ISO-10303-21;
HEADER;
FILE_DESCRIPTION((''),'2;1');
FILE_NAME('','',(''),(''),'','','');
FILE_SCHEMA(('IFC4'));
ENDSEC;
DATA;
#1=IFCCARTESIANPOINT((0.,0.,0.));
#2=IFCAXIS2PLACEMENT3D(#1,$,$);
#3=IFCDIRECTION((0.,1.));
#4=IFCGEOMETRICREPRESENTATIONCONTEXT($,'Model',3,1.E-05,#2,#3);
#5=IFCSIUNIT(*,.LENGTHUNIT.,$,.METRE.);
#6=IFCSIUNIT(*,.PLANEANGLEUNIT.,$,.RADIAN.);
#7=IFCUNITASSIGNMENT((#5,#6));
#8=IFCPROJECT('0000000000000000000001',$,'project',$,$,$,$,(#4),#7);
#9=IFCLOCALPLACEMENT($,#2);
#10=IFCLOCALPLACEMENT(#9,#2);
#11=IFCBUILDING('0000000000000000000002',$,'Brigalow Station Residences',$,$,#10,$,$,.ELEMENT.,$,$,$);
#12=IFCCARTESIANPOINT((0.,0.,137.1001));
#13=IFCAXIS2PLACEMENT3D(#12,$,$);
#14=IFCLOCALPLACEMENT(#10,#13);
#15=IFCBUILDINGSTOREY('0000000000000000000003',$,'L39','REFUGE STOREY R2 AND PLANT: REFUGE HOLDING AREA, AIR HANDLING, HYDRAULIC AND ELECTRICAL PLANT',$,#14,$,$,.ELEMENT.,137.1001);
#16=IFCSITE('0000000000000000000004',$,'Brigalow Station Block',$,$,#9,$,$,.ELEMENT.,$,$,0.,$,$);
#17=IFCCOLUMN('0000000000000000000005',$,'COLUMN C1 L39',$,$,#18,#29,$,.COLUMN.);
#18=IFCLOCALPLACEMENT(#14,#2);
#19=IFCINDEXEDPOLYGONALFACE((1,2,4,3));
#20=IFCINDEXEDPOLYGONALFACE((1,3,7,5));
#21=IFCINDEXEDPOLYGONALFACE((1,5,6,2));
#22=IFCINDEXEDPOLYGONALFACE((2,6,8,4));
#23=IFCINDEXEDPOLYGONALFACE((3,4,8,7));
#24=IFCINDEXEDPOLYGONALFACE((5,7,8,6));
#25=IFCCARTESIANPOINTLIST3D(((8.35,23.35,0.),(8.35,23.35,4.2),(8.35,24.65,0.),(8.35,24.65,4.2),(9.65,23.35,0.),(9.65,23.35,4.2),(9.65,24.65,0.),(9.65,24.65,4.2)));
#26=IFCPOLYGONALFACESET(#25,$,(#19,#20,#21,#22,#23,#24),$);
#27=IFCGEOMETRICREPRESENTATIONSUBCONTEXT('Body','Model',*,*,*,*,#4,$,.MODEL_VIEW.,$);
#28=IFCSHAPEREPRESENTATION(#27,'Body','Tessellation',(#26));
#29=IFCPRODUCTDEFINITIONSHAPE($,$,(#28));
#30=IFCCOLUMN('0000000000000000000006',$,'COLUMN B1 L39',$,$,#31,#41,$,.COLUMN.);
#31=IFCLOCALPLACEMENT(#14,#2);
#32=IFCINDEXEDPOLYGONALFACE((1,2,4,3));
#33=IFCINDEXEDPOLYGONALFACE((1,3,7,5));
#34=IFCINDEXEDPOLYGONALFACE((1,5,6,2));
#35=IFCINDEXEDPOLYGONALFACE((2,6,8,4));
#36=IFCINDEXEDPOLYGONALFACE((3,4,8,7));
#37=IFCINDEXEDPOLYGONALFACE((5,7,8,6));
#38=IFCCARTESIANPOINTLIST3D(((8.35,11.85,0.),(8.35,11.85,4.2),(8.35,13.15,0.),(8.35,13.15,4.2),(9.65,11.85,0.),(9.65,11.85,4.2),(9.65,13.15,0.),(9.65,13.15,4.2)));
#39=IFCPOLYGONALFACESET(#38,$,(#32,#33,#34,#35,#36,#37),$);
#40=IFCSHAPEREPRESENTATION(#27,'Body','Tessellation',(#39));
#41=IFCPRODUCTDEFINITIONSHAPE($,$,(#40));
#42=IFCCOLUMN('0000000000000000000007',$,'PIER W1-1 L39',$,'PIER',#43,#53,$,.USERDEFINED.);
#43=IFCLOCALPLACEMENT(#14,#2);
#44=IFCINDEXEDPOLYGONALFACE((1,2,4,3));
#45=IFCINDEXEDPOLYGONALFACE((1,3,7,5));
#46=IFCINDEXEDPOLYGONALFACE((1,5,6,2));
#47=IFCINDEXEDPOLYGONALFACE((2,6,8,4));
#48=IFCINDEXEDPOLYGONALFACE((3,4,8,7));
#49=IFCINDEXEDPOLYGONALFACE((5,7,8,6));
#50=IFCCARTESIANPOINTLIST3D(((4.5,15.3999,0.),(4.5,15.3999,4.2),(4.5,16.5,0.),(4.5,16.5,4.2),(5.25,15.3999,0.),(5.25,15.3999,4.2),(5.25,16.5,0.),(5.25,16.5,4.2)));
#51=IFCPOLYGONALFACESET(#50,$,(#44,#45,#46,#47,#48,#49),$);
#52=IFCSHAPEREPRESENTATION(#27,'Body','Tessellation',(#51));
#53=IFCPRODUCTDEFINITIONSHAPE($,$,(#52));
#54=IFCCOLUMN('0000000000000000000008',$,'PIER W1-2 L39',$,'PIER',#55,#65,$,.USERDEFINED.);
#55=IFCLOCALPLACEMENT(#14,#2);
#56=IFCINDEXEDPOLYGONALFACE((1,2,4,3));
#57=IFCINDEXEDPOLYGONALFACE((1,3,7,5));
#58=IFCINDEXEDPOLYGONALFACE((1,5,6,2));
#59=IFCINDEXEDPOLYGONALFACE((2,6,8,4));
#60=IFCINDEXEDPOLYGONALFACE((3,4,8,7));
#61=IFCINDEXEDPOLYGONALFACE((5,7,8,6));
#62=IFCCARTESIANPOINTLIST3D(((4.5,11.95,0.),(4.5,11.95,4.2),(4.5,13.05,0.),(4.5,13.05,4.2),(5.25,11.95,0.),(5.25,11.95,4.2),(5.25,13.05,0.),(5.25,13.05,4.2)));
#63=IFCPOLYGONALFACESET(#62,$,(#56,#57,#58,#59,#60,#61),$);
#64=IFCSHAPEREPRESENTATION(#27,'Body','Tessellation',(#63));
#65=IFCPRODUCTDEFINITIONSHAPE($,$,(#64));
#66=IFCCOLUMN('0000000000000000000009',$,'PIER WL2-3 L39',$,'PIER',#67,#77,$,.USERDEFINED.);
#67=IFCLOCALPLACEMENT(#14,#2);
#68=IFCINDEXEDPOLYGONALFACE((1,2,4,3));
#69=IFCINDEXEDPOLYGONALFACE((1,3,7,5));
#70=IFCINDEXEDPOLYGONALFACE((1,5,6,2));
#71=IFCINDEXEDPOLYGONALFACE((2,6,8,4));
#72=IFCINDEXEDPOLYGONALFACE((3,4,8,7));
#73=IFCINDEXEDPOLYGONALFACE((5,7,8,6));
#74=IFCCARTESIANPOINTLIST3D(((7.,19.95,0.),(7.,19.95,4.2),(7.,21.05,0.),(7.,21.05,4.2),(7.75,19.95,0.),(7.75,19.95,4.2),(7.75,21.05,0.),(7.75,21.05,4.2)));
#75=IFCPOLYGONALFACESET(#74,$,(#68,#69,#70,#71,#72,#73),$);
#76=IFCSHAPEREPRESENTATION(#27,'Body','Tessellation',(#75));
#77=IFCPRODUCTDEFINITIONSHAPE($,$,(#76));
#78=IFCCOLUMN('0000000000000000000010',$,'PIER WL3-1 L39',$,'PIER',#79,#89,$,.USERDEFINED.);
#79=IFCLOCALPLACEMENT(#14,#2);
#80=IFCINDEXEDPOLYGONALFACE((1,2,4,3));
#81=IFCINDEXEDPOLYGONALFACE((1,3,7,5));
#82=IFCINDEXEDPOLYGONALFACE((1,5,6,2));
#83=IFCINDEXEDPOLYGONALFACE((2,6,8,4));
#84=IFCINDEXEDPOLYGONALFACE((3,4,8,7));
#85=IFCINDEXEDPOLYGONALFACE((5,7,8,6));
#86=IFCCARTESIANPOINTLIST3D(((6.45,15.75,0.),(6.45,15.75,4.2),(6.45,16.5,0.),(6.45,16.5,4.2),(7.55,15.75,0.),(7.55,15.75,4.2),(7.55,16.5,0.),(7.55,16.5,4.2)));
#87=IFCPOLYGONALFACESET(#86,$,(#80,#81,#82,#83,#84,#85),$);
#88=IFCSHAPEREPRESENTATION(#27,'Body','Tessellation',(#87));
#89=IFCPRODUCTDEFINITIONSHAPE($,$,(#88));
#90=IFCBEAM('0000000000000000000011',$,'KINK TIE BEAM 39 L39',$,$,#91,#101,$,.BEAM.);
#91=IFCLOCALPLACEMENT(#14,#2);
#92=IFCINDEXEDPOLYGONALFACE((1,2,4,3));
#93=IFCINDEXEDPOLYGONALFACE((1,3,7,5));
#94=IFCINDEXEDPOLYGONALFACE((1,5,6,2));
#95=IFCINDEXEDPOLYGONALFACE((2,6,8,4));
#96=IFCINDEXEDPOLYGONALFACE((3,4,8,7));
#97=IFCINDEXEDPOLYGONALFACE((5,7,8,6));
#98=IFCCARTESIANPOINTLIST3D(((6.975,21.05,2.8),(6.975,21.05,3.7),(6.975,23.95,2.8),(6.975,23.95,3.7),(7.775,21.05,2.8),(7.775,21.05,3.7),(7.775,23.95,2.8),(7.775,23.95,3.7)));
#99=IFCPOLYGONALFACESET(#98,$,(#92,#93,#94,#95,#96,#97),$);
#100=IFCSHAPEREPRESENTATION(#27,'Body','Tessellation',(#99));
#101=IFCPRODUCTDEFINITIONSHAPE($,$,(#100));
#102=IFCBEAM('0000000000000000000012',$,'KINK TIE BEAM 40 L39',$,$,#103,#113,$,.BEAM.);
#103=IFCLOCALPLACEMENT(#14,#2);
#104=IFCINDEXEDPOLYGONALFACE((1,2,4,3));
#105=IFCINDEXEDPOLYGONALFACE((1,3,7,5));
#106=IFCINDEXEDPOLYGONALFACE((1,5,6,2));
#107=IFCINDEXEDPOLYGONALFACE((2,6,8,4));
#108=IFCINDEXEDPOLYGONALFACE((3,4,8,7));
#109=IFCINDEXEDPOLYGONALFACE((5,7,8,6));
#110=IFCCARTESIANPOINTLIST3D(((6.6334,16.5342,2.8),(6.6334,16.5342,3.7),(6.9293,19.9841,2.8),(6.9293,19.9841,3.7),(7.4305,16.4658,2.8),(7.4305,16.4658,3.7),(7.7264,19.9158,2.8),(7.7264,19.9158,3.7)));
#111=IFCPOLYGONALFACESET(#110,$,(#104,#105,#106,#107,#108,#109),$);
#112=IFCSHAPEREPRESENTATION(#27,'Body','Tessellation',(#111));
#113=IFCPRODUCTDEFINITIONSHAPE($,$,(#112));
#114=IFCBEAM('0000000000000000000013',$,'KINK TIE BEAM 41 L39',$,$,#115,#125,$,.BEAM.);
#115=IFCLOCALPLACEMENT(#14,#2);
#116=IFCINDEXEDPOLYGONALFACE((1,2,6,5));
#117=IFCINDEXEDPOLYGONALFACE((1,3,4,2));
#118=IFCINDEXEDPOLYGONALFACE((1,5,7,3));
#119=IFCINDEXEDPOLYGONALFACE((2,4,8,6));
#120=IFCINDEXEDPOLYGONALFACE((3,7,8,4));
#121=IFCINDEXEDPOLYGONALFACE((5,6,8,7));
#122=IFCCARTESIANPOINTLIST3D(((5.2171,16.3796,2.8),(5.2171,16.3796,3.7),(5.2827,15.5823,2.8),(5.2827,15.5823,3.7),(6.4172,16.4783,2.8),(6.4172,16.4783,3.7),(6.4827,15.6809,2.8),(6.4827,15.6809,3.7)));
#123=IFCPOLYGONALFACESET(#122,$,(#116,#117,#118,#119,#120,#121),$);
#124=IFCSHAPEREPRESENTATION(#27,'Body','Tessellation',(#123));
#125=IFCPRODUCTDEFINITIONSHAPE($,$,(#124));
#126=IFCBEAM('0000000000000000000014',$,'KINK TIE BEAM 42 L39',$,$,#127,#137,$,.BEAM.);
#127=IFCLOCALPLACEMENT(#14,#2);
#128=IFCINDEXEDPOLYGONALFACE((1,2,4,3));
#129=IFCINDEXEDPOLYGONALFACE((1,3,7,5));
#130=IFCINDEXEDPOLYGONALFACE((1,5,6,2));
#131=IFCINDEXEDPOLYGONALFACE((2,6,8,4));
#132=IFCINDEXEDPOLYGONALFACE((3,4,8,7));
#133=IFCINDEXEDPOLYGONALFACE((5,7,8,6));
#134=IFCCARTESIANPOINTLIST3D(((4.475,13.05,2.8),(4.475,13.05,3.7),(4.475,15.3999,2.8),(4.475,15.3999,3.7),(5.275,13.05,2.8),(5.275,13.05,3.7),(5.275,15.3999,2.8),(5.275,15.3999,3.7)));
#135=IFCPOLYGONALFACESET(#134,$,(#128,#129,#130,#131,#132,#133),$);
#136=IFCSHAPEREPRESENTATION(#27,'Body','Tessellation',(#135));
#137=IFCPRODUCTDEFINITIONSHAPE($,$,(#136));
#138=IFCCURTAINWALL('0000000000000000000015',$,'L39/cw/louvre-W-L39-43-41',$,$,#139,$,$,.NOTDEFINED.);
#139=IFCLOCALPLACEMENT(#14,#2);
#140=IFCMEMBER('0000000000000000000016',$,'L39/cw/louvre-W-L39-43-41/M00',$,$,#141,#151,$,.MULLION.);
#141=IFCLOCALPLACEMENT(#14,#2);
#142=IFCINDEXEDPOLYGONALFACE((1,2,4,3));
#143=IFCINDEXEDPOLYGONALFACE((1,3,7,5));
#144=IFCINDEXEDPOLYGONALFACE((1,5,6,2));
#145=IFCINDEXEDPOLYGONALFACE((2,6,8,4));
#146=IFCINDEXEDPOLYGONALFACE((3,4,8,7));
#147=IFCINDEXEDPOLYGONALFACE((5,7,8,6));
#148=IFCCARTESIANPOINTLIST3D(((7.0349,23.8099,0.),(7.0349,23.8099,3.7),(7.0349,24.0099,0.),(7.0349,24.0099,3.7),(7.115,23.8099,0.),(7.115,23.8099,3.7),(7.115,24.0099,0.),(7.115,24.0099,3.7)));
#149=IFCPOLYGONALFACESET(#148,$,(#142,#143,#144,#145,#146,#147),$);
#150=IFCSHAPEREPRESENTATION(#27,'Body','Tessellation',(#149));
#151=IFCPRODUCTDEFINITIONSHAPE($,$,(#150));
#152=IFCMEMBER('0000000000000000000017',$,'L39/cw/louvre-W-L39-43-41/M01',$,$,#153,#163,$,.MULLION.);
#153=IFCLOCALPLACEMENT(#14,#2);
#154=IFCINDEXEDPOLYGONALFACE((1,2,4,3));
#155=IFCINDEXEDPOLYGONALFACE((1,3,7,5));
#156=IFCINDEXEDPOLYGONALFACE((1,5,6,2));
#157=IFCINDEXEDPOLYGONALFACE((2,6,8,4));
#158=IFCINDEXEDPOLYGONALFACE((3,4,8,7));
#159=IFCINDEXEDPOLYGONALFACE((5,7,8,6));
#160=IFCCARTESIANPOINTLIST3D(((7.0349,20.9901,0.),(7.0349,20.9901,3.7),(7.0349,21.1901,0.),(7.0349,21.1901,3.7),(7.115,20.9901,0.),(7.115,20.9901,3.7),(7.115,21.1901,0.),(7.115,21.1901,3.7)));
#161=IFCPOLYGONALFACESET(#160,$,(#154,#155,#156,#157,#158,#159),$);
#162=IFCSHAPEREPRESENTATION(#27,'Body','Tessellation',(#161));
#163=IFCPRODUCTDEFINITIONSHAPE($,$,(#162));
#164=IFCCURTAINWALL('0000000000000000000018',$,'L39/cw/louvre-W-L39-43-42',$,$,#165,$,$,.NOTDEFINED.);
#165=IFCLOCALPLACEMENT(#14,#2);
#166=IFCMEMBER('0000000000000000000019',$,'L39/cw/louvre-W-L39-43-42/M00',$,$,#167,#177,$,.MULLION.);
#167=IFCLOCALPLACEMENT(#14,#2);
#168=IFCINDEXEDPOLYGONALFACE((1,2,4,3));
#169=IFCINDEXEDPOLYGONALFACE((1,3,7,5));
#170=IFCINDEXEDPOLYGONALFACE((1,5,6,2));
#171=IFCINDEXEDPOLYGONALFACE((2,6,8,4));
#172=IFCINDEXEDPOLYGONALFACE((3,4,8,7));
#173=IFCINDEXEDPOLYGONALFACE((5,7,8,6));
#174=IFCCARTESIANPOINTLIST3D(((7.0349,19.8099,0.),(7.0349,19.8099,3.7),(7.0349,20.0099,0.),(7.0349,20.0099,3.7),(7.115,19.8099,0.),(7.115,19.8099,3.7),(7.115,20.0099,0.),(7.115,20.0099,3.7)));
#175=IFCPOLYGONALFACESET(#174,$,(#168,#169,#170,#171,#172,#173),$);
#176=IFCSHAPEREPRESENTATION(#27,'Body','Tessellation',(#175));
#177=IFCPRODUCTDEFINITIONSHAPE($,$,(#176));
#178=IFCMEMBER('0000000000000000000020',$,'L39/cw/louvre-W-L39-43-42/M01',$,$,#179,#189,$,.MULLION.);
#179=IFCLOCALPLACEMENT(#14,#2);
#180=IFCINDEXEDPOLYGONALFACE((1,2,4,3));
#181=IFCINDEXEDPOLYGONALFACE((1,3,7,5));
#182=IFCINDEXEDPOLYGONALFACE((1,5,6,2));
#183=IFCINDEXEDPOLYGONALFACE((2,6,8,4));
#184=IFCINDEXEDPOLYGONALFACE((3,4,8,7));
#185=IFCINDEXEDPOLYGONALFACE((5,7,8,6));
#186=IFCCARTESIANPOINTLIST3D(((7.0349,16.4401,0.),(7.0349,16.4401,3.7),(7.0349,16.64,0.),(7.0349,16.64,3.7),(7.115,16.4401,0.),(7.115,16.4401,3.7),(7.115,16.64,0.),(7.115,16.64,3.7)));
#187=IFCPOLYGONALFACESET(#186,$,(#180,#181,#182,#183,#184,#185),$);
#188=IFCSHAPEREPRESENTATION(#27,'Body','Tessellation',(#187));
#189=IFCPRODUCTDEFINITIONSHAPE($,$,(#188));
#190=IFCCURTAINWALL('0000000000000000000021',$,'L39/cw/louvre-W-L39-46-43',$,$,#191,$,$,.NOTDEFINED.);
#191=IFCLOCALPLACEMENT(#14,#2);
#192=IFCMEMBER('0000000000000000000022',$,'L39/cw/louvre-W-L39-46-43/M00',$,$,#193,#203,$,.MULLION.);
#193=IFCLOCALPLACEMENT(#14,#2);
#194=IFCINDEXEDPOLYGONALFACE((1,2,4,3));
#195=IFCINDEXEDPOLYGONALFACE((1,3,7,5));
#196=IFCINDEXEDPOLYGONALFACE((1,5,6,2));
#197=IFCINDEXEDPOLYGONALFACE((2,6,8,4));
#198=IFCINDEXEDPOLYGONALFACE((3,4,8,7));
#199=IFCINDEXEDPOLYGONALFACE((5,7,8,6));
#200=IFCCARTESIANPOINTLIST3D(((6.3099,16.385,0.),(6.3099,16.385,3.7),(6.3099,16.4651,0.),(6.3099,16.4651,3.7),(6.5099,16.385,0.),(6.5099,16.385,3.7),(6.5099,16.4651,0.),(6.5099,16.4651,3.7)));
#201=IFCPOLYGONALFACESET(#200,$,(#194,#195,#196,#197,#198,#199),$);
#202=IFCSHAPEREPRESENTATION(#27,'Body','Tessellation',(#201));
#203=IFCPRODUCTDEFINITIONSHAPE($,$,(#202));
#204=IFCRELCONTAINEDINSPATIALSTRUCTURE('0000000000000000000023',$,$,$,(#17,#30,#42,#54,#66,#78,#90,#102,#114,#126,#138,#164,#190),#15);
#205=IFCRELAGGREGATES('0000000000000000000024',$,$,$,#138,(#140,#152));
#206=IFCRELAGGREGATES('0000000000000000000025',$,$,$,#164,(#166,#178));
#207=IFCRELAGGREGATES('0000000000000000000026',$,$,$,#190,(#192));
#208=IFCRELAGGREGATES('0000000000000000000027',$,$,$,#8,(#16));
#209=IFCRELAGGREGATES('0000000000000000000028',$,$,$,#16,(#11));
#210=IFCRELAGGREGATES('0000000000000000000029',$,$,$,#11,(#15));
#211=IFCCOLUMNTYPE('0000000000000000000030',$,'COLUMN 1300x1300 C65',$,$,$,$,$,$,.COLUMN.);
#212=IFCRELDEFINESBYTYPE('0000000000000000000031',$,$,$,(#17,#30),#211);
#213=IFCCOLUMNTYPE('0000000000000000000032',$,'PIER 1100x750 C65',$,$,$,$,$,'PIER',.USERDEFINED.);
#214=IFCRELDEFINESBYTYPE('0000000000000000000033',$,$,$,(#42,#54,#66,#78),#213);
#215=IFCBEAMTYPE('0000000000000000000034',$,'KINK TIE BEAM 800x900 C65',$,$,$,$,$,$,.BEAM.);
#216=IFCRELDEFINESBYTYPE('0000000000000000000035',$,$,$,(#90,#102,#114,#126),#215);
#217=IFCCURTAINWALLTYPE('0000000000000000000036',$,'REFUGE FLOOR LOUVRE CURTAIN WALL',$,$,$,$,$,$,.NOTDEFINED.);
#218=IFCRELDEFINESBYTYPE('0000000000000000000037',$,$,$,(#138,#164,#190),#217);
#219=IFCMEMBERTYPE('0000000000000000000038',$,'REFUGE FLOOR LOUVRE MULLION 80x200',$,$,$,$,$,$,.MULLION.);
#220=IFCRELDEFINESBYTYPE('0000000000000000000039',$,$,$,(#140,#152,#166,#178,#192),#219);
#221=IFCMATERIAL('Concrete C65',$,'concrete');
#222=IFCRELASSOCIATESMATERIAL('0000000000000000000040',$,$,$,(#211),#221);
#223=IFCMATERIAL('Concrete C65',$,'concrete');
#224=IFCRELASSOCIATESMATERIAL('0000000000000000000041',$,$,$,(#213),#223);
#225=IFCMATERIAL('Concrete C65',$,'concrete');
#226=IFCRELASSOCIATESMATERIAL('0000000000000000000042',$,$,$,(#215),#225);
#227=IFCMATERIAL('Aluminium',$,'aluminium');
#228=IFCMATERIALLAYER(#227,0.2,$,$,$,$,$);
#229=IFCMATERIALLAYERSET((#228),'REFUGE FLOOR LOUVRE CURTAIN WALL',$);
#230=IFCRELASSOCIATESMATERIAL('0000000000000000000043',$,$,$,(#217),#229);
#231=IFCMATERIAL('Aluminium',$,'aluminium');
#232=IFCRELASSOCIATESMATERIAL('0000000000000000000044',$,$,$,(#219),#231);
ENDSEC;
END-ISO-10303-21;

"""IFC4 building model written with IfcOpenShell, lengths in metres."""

from ifc_helpers import new_model, si_unit, direction, frame, origin, origin_2d, place, context, subcontext, project, spatial, rectangle, extrude, material, layer, layer_set, material_profile, profile_set, type_object, element, aggregate, save


model = new_model("IFC4")

# Units and contexts
model_context = context("Model", 3, precision=1e-05, world=origin(), true_north=direction((0.0, 1.0)))
body_context = subcontext(model_context, "Body", "Model", "MODEL_VIEW")
ifc_project = project(units=[si_unit("LENGTHUNIT", "METRE"), si_unit("PLANEANGLEUNIT", "RADIAN")], contexts=[model_context])

# Site, building, storey
site_placement = place(None, origin())
site = spatial("IfcSite", under=ifc_project, at=site_placement, Name="Brigalow Station Block", CompositionType="ELEMENT", RefElevation=0.0)
building_placement = place(site_placement, origin())
building = spatial("IfcBuilding", under=site, at=building_placement, Name="Brigalow Station Residences", CompositionType="ELEMENT")
storey_placement = place(building_placement, frame((0.0, 0.0, 137.1001)))
storey = spatial("IfcBuildingStorey", under=building, at=storey_placement, Name="L39", Description="REFUGE STOREY R2 AND PLANT: REFUGE HOLDING AREA, AIR HANDLING, HYDRAULIC AND ELECTRICAL PLANT", CompositionType="ELEMENT", Elevation=137.1001)

# Columns
ifc_material_1 = material(Name="Concrete C65", Category="concrete")
ifc_material_profile_1 = material_profile(ifc_material_1, rectangle(XDim=1.3, YDim=1.3, at=origin_2d()), Name="RC1300x1300")
ifc_profile_set_1 = profile_set([ifc_material_profile_1], Name="Concrete C65")
column_type_1 = type_object("IfcColumnType", Name="COLUMN 1300x1300 C65", PredefinedType="COLUMN", material=ifc_profile_set_1)
for number, where, z_axis, x_axis, name in (
    (1, (9.0, 24.0, 0.0), (0.0, 0.0, 1.0), (1.0, 0.0, 0.0), "COLUMN C1 L39"),
    (2, (9.0, 12.5, 0.0), (0.0, 0.0, 1.0), (1.0, 0.0, 0.0), "COLUMN B1 L39"),
):
    element("IfcColumn", number, at=place(storey_placement, frame(where, z_axis=z_axis, x_axis=x_axis)), inside=storey, type_object=column_type_1, Name=name, PredefinedType="COLUMN", context=body_context, shape_type="SweptSolid", body=[
        extrude(rectangle(XDim=1.3, YDim=1.3, at=origin_2d()), origin(), (0.0, 0.0, 1.0), 4.2),
    ])
ifc_material_2 = material(Name="Concrete C65", Category="concrete")
ifc_material_profile_2 = material_profile(ifc_material_2, rectangle(XDim=1.1001, YDim=0.75, at=origin_2d()), Name="RC1100x750")
ifc_profile_set_2 = profile_set([ifc_material_profile_2], Name="Concrete C65")
column_type_2 = type_object("IfcColumnType", Name="PIER 1100x750 C65", ElementType="PIER", PredefinedType="USERDEFINED", material=ifc_profile_set_2)
for number, where, z_axis, x_axis, name in (
    (3, (4.875, 15.95, 0.0), (0.0, 0.0, 1.0), (0.0, -1.0, 0.0), "PIER W1-1 L39"),
    (4, (4.875, 12.5, 0.0), (0.0, 0.0, 1.0), (0.0, -1.0, 0.0), "PIER W1-2 L39"),
    (5, (7.375, 20.5, 0.0), (0.0, 0.0, 1.0), (0.0, -1.0, 0.0), "PIER WL2-3 L39"),
    (6, (7.0, 16.125, 0.0), (0.0, 0.0, 1.0), (-1.0, 0.0, 0.0), "PIER WL3-1 L39"),
):
    element("IfcColumn", number, at=place(storey_placement, frame(where, z_axis=z_axis, x_axis=x_axis)), inside=storey, type_object=column_type_2, Name=name, ObjectType="PIER", PredefinedType="USERDEFINED", context=body_context, shape_type="SweptSolid", body=[
        extrude(rectangle(XDim=1.1001, YDim=0.75, at=origin_2d()), origin(), (0.0, 0.0, 1.0), 4.2),
    ])

# Beams
ifc_material_3 = material(Name="Concrete C65", Category="concrete")
ifc_material_profile_3 = material_profile(ifc_material_3, rectangle(XDim=0.8, YDim=0.8999, at=origin_2d()), Name="RC800x900")
ifc_profile_set_3 = profile_set([ifc_material_profile_3], Name="Concrete C65")
beam_type = type_object("IfcBeamType", Name="KINK TIE BEAM 800x900 C65", PredefinedType="BEAM", material=ifc_profile_set_3)
beam_1_placement = place(storey_placement, frame((7.375, 23.95, 3.25), z_axis=(0.0, -1.0, 0.0), x_axis=(1.0, 0.0, 0.0)))
element("IfcBeam", 7, at=beam_1_placement, inside=storey, type_object=beam_type, Name="KINK TIE BEAM 39 L39", PredefinedType="BEAM", context=body_context, shape_type="SweptSolid", body=[
    extrude(rectangle(XDim=0.8, YDim=0.8999, at=origin_2d()), origin(), (0.0, 0.0, 1.0), 2.8999),
])
beam_2_placement = place(storey_placement, frame((7.3279, 19.95, 3.25), z_axis=(-0.085455, -0.996342, 0.0), x_axis=(0.996342, -0.085455, 0.0)))
element("IfcBeam", 8, at=beam_2_placement, inside=storey, type_object=beam_type, Name="KINK TIE BEAM 40 L39", PredefinedType="BEAM", context=body_context, shape_type="SweptSolid", body=[
    extrude(rectangle(XDim=0.8, YDim=0.8999, at=origin_2d()), origin(), (0.0, 0.0, 1.0), 3.4626),
])
beam_3_placement = place(storey_placement, frame((6.45, 16.0796, 3.25), z_axis=(-0.996639, -0.081921, 0.0), x_axis=(0.081921, -0.996639, 0.0)))
element("IfcBeam", 9, at=beam_3_placement, inside=storey, type_object=beam_type, Name="KINK TIE BEAM 41 L39", PredefinedType="BEAM", context=body_context, shape_type="SweptSolid", body=[
    extrude(rectangle(XDim=0.8, YDim=0.8999, at=origin_2d()), origin(), (0.0, 0.0, 1.0), 1.2041),
])
beam_4_placement = place(storey_placement, frame((4.875, 15.3999, 3.25), z_axis=(0.0, -1.0, 0.0), x_axis=(1.0, 0.0, 0.0)))
element("IfcBeam", 10, at=beam_4_placement, inside=storey, type_object=beam_type, Name="KINK TIE BEAM 42 L39", PredefinedType="BEAM", context=body_context, shape_type="SweptSolid", body=[
    extrude(rectangle(XDim=0.8, YDim=0.8999, at=origin_2d()), origin(), (0.0, 0.0, 1.0), 2.3499),
])

# Curtain walls, members
ifc_material_4 = material(Name="Aluminium", Category="aluminium")
ifc_layer_1 = layer(ifc_material_4, 0.2)
ifc_layer_set_1 = layer_set([ifc_layer_1], Name="REFUGE FLOOR LOUVRE CURTAIN WALL")
curtain_wall_type = type_object("IfcCurtainWallType", Name="REFUGE FLOOR LOUVRE CURTAIN WALL", PredefinedType="NOTDEFINED", material=ifc_layer_set_1)
curtain_wall_1_placement = place(storey_placement, origin())
curtain_wall_1 = element("IfcCurtainWall", 11, at=curtain_wall_1_placement, inside=storey, type_object=curtain_wall_type, Name="L39/cw/louvre-W-L39-43-41", PredefinedType="NOTDEFINED")
ifc_material_5 = material(Name="Aluminium", Category="aluminium")
ifc_material_profile_4 = material_profile(ifc_material_5, rectangle(XDim=0.0801, YDim=0.2, at=origin_2d()), Name="REFUGE FLOOR LOUVRE MULLION 80x200")
ifc_profile_set_4 = profile_set([ifc_material_profile_4], Name="Aluminium")
member_type_1 = type_object("IfcMemberType", Name="REFUGE FLOOR LOUVRE MULLION 80x200", PredefinedType="MULLION", material=ifc_profile_set_4)
member_1_placement = place(storey_placement, frame((7.075, 23.9099, 0.0), z_axis=(0.0, 0.0, 1.0), x_axis=(1.0, 0.0, 0.0)))
member_1 = element("IfcMember", 12, at=member_1_placement, type_object=member_type_1, Name="L39/cw/louvre-W-L39-43-41/M00", PredefinedType="MULLION", context=body_context, shape_type="SweptSolid", body=[
    extrude(rectangle(XDim=0.0801, YDim=0.2, at=origin_2d()), origin(), (0.0, 0.0, 1.0), 3.7),
])
member_2_placement = place(storey_placement, frame((7.075, 21.0901, 0.0), z_axis=(0.0, 0.0, 1.0), x_axis=(1.0, 0.0, 0.0)))
member_2 = element("IfcMember", 13, at=member_2_placement, type_object=member_type_1, Name="L39/cw/louvre-W-L39-43-41/M01", PredefinedType="MULLION", context=body_context, shape_type="SweptSolid", body=[
    extrude(rectangle(XDim=0.0801, YDim=0.2, at=origin_2d()), origin(), (0.0, 0.0, 1.0), 3.7),
])
curtain_wall_2_placement = place(storey_placement, origin())
curtain_wall_2 = element("IfcCurtainWall", 14, at=curtain_wall_2_placement, inside=storey, type_object=curtain_wall_type, Name="L39/cw/louvre-W-L39-43-42", PredefinedType="NOTDEFINED")
member_3_placement = place(storey_placement, frame((7.075, 19.9099, 0.0), z_axis=(0.0, 0.0, 1.0), x_axis=(1.0, 0.0, 0.0)))
member_3 = element("IfcMember", 15, at=member_3_placement, type_object=member_type_1, Name="L39/cw/louvre-W-L39-43-42/M00", PredefinedType="MULLION", context=body_context, shape_type="SweptSolid", body=[
    extrude(rectangle(XDim=0.0801, YDim=0.2, at=origin_2d()), origin(), (0.0, 0.0, 1.0), 3.7),
])
member_4_placement = place(storey_placement, frame((7.075, 16.54, 0.0), z_axis=(0.0, 0.0, 1.0), x_axis=(1.0, 0.0, 0.0)))
member_4 = element("IfcMember", 16, at=member_4_placement, type_object=member_type_1, Name="L39/cw/louvre-W-L39-43-42/M01", PredefinedType="MULLION", context=body_context, shape_type="SweptSolid", body=[
    extrude(rectangle(XDim=0.0801, YDim=0.2, at=origin_2d()), origin(), (0.0, 0.0, 1.0), 3.7),
])
curtain_wall_3_placement = place(storey_placement, origin())
curtain_wall_3 = element("IfcCurtainWall", 17, at=curtain_wall_3_placement, inside=storey, type_object=curtain_wall_type, Name="L39/cw/louvre-W-L39-46-43", PredefinedType="NOTDEFINED")
member_5_placement = place(storey_placement, frame((6.4099, 16.425, 0.0), z_axis=(0.0, 0.0, 1.0), x_axis=(0.0, -1.0, 0.0)))
member_5 = element("IfcMember", 18, at=member_5_placement, type_object=member_type_1, Name="L39/cw/louvre-W-L39-46-43/M00", PredefinedType="MULLION", context=body_context, shape_type="SweptSolid", body=[
    extrude(rectangle(XDim=0.0801, YDim=0.2, at=origin_2d()), origin(), (0.0, 0.0, 1.0), 3.7),
])

aggregate(curtain_wall_1, [member_1, member_2])
aggregate(curtain_wall_2, [member_3, member_4])
aggregate(curtain_wall_3, [member_5])

save(model, "model.ifc")
